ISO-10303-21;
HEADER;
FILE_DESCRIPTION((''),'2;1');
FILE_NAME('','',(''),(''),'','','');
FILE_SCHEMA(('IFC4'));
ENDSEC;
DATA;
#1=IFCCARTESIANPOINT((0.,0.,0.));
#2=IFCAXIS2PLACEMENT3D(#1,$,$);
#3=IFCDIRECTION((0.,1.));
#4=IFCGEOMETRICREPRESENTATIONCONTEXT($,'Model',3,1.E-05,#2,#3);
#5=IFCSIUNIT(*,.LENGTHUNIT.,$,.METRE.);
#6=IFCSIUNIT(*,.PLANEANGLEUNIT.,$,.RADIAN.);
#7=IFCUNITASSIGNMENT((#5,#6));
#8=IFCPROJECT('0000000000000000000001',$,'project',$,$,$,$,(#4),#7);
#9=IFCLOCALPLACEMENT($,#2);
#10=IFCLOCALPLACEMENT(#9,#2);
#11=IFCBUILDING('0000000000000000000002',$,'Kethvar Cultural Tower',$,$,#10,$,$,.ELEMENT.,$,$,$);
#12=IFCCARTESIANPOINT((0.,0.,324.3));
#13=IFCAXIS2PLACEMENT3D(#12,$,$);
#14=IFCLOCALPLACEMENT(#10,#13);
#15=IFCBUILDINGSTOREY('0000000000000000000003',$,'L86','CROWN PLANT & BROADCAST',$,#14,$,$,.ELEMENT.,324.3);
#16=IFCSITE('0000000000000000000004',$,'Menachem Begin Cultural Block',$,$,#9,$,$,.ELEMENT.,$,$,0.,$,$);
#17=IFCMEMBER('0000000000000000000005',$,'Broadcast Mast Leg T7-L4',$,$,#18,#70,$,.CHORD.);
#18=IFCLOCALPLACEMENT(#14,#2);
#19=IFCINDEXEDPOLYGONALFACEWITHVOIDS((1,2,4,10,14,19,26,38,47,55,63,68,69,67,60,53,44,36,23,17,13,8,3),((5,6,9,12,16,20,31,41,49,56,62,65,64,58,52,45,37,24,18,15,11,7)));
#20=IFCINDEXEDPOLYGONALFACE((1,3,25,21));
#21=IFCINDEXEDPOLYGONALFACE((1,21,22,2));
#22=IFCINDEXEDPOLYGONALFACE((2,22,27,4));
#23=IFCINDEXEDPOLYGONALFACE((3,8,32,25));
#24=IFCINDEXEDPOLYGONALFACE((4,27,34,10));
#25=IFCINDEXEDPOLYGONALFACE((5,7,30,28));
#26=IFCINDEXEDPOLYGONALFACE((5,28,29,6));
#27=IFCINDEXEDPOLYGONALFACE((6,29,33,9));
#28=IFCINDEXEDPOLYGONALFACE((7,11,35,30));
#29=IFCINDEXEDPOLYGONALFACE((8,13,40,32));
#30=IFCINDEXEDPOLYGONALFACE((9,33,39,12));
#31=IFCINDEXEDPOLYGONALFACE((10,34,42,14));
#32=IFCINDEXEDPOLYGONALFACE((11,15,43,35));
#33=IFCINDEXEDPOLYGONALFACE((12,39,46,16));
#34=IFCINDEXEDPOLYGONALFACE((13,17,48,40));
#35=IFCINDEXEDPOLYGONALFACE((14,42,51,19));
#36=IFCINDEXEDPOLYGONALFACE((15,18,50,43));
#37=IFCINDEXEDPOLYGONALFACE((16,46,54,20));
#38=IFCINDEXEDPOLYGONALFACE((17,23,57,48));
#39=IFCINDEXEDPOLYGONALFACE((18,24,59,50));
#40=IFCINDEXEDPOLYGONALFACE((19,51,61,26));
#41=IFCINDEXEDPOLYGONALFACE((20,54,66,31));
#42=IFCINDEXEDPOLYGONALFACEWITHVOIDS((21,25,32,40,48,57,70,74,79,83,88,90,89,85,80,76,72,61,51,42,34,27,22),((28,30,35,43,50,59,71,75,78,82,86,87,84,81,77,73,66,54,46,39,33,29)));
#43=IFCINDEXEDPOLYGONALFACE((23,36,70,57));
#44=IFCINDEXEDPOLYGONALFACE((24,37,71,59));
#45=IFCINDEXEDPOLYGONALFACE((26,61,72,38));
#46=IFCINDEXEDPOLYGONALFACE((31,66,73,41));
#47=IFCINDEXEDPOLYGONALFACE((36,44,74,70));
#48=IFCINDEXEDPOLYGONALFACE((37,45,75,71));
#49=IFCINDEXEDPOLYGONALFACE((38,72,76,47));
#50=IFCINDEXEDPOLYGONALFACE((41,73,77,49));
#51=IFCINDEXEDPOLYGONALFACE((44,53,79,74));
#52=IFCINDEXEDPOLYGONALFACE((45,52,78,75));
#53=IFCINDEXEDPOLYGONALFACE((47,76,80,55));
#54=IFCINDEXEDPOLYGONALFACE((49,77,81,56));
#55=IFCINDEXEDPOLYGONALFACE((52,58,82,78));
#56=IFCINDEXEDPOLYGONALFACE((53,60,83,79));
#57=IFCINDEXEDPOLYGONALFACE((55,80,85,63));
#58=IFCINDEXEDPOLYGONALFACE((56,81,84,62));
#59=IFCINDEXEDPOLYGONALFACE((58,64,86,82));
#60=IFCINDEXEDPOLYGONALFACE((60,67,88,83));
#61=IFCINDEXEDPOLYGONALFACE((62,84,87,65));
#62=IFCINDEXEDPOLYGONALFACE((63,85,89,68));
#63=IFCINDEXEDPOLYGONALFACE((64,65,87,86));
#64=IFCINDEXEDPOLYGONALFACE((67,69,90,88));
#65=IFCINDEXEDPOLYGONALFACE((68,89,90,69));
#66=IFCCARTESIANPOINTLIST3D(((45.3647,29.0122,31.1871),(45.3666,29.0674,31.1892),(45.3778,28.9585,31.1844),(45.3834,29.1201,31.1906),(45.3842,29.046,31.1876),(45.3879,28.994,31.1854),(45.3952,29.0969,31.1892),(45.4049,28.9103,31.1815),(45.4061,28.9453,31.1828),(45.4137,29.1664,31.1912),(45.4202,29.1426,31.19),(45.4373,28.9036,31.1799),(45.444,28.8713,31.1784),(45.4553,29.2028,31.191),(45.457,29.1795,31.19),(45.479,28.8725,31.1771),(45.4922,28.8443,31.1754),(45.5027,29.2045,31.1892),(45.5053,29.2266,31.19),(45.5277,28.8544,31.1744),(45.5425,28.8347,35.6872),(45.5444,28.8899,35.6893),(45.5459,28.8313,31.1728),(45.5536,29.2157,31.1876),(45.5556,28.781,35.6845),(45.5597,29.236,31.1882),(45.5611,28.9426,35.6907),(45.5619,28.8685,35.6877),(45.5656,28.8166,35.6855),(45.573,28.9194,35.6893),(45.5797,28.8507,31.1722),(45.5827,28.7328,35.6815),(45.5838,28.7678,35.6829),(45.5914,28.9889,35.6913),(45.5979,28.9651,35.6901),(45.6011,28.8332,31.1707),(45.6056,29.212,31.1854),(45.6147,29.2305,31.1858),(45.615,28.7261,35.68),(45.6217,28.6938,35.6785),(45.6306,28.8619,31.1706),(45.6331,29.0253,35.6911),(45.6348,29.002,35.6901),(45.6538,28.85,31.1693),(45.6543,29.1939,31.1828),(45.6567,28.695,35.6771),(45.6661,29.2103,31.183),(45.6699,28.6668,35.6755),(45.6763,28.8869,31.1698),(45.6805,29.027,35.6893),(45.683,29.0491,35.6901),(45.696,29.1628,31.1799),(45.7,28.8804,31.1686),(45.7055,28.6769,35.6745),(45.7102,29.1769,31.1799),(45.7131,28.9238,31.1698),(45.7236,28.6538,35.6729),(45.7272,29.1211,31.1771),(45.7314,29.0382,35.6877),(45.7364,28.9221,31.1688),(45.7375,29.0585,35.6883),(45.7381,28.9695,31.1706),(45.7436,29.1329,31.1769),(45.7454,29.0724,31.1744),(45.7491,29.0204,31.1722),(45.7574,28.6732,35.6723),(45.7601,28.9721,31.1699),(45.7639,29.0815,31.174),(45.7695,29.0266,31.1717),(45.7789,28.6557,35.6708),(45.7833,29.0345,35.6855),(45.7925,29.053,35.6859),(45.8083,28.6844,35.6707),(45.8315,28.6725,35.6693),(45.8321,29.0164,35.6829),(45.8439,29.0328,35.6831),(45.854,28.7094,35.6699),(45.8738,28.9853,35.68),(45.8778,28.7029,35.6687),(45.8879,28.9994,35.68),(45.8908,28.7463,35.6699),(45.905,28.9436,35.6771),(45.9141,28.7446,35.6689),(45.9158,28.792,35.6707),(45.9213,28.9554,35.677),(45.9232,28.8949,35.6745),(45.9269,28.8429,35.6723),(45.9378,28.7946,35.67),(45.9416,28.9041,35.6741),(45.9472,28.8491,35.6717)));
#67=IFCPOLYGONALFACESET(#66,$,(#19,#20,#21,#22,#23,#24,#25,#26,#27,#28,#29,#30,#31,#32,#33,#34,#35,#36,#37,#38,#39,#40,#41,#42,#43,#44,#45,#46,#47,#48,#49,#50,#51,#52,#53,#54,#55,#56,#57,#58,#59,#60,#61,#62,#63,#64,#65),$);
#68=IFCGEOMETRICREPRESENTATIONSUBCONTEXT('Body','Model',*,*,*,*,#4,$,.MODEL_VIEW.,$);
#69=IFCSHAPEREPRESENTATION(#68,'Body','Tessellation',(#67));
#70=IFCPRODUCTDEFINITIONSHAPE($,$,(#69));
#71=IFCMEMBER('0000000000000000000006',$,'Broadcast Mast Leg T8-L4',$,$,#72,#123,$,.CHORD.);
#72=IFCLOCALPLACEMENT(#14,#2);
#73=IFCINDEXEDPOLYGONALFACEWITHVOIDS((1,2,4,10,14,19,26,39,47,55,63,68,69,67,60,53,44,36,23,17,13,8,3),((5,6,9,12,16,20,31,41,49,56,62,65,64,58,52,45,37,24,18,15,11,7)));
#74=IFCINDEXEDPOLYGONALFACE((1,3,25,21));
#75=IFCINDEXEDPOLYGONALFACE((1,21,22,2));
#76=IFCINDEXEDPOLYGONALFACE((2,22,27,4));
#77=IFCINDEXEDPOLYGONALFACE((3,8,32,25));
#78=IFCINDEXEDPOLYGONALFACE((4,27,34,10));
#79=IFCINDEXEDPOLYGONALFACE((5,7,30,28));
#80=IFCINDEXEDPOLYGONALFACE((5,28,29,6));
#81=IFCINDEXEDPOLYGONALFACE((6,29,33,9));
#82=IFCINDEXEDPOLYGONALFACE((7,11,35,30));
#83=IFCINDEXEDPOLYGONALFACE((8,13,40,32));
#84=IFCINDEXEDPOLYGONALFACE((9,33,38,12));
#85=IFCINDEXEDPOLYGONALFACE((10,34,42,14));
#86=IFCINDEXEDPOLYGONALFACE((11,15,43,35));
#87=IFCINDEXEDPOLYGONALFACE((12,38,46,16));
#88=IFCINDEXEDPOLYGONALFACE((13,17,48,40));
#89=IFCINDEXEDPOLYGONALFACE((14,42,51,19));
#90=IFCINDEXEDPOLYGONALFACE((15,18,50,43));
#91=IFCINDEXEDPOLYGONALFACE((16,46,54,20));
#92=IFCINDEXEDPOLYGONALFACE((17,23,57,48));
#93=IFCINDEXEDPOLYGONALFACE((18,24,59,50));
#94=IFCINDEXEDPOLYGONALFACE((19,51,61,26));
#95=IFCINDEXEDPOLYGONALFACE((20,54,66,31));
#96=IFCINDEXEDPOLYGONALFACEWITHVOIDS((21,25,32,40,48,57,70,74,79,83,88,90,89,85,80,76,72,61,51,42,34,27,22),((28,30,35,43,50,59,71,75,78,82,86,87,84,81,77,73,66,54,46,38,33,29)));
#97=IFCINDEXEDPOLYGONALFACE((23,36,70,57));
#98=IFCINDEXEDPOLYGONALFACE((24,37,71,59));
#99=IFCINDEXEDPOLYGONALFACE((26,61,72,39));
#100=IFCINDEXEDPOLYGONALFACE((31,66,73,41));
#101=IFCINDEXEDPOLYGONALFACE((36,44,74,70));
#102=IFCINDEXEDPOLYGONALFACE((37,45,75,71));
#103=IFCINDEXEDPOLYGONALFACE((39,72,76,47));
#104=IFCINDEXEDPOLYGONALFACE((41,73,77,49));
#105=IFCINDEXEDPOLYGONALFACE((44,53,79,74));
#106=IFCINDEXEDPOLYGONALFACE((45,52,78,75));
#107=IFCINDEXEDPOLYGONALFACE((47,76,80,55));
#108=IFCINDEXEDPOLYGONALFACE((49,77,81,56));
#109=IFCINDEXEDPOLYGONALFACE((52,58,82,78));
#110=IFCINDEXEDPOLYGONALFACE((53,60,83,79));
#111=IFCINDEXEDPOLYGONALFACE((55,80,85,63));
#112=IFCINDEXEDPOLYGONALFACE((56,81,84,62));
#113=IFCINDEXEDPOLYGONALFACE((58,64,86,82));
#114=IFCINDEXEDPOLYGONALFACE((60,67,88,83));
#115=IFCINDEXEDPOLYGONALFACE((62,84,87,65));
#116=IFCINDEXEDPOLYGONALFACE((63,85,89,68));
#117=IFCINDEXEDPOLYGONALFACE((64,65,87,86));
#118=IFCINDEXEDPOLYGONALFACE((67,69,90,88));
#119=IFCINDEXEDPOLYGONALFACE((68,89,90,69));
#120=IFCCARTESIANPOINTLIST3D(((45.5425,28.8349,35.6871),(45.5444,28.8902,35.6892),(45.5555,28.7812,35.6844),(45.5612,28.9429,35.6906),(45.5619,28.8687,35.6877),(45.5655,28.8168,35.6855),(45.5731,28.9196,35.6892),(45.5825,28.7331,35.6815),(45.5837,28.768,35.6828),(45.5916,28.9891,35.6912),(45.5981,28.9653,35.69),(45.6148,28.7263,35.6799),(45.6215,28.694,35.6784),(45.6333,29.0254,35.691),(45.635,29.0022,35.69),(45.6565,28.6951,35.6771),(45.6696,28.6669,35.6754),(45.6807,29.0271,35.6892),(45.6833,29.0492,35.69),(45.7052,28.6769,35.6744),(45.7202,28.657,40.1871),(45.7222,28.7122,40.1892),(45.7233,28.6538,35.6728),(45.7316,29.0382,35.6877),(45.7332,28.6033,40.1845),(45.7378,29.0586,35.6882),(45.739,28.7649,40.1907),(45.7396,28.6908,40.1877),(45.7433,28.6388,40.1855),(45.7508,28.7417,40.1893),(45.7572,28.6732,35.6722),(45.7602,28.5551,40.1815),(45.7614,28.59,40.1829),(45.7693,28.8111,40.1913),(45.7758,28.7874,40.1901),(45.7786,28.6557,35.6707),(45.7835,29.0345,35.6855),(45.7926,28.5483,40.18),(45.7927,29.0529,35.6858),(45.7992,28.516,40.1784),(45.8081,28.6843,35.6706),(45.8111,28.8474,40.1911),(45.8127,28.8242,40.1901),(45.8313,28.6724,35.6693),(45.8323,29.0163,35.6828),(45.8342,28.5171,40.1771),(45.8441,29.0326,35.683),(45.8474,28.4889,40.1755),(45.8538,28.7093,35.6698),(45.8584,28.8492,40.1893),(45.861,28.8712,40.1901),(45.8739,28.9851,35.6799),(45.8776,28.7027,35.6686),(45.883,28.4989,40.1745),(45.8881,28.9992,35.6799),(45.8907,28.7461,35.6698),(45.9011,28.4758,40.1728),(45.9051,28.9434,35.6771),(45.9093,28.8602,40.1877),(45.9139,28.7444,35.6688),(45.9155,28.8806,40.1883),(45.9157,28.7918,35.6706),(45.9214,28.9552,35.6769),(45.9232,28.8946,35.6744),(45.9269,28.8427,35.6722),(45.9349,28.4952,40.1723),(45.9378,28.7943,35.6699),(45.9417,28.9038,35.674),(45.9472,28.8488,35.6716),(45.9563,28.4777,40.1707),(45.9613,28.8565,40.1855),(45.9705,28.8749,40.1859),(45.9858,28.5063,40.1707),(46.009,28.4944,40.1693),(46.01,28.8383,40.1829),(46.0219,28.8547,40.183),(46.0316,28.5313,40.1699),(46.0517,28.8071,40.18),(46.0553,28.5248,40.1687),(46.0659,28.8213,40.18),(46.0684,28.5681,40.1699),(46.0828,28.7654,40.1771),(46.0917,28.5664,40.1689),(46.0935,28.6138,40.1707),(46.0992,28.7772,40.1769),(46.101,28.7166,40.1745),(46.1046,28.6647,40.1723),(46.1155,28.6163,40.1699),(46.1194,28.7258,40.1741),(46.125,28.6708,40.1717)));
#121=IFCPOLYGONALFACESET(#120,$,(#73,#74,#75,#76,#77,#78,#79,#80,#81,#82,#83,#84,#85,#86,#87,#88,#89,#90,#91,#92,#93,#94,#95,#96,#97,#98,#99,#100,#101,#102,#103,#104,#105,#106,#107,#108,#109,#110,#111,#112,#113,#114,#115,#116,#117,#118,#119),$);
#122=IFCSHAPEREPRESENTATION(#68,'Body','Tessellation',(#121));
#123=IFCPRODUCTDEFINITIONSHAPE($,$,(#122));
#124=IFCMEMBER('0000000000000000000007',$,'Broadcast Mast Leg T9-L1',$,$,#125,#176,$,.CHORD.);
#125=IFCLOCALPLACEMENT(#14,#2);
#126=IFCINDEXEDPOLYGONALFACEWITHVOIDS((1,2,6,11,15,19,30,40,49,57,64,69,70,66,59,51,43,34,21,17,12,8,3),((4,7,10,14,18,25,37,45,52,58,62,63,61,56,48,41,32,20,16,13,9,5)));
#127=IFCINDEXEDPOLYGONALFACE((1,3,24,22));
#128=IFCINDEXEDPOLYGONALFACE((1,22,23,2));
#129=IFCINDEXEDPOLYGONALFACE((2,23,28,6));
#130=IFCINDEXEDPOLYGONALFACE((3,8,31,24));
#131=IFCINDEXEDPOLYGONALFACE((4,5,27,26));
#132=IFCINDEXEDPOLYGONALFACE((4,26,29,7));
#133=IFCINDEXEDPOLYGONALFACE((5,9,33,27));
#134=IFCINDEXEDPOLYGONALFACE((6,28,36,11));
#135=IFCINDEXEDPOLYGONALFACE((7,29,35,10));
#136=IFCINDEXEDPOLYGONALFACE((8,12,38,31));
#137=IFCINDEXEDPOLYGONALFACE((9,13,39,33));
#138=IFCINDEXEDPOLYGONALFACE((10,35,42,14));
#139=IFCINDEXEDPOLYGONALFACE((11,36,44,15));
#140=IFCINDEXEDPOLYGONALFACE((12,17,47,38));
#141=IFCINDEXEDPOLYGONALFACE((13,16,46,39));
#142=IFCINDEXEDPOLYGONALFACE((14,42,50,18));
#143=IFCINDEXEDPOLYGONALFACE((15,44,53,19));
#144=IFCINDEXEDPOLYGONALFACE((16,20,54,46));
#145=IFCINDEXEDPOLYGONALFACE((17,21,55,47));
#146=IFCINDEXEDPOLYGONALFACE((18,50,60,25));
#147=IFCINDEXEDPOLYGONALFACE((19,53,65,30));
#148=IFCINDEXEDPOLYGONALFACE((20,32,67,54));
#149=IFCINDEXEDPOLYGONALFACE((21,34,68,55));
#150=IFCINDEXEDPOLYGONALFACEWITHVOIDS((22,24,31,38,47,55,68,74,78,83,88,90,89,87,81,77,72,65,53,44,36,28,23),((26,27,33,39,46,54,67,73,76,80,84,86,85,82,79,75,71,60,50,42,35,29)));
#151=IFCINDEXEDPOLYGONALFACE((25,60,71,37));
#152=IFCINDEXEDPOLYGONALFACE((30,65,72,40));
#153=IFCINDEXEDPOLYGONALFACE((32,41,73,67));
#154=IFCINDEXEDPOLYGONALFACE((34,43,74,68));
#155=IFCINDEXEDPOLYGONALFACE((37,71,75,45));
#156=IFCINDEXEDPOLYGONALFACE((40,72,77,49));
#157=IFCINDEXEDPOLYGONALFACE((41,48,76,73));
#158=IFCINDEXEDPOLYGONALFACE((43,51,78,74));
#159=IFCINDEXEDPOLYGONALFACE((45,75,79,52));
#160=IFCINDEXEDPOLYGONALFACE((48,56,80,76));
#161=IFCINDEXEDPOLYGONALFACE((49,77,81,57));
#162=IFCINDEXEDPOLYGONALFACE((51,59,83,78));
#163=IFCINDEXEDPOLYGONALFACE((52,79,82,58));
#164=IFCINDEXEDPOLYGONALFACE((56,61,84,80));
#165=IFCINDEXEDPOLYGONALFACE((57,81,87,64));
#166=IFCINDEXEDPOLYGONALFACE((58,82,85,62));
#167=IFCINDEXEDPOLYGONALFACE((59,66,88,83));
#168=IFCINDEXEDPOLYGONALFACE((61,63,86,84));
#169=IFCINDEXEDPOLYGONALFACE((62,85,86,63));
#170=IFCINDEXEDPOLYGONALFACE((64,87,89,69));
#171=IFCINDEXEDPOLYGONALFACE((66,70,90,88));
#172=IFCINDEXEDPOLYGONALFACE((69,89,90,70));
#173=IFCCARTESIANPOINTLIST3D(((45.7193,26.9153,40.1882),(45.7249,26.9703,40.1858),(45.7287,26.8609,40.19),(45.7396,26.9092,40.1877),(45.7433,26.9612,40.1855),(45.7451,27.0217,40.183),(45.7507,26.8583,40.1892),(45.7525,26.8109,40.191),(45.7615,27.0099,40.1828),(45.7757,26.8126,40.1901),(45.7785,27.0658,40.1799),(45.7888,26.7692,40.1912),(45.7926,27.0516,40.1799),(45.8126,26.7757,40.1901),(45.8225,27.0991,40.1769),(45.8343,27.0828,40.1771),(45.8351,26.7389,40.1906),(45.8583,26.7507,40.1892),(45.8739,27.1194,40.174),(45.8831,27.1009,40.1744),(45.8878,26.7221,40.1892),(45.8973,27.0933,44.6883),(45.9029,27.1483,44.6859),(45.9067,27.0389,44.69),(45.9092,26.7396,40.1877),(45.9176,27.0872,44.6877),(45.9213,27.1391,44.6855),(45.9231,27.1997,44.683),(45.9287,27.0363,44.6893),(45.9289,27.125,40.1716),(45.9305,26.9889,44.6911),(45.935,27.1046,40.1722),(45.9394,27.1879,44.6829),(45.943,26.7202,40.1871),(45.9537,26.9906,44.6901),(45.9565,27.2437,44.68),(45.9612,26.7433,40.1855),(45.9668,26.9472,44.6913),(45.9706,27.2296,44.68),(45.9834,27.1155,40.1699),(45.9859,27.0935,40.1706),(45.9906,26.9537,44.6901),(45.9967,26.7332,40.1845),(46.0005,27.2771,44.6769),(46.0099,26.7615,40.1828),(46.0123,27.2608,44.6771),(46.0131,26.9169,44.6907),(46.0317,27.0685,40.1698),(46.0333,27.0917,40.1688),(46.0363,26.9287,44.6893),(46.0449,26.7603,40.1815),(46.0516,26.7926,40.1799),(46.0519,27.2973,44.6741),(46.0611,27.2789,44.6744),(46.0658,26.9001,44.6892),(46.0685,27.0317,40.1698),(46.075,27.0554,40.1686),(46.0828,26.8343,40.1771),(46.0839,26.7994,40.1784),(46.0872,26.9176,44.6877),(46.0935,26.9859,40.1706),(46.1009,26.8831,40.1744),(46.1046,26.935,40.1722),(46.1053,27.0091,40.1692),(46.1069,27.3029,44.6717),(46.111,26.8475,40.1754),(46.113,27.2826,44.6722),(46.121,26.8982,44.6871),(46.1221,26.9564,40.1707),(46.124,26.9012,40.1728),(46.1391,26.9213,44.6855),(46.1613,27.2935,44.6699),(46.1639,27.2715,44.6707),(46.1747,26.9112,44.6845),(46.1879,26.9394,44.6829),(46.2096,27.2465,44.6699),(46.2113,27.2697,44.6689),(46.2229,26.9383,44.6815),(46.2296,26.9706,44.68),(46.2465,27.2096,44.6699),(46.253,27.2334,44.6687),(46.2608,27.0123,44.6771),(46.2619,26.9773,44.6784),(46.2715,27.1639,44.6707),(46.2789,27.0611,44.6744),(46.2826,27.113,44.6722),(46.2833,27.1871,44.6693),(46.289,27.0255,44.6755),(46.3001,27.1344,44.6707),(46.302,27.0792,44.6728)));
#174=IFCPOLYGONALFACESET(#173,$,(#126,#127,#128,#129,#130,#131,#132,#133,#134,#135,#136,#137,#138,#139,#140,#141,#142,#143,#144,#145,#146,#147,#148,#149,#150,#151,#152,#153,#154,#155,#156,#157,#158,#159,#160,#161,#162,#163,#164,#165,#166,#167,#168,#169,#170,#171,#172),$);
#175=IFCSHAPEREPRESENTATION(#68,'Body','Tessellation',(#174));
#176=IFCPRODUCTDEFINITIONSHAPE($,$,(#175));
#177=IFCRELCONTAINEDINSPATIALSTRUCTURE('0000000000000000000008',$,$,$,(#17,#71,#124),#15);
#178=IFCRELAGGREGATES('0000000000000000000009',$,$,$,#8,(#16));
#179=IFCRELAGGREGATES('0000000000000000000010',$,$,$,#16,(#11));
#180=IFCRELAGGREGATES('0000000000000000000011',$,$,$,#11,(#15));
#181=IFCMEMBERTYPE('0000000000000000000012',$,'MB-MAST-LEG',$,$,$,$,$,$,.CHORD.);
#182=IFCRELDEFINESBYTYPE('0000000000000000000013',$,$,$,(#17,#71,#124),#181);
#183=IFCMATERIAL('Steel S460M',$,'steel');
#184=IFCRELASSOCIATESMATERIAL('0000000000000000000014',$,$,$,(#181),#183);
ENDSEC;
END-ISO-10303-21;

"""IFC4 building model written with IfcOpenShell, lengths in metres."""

from ifc_helpers import new_model, si_unit, direction, frame, origin, origin_2d, place, context, subcontext, project, spatial, hollow_circle, extrude, source, transform, mapped, material, material_profile, profile_set, type_object, element, save


model = new_model("IFC4")

# Units and contexts
model_context = context("Model", 3, precision=1e-05, world=origin(), true_north=direction((0.0, 1.0)))
body_context = subcontext(model_context, "Body", "Model", "MODEL_VIEW")
ifc_project = project(units=[si_unit("LENGTHUNIT", "METRE"), si_unit("PLANEANGLEUNIT", "RADIAN")], contexts=[model_context])

# Site, building, storey
site_placement = place(None, origin())
site = spatial("IfcSite", under=ifc_project, at=site_placement, Name="Menachem Begin Cultural Block", CompositionType="ELEMENT", RefElevation=0.0)
building_placement = place(site_placement, origin())
building = spatial("IfcBuilding", under=site, at=building_placement, Name="Kethvar Cultural Tower", CompositionType="ELEMENT")
storey_placement = place(building_placement, frame((0.0, 0.0, 324.3)))
storey = spatial("IfcBuildingStorey", under=building, at=storey_placement, Name="L86", Description="CROWN PLANT & BROADCAST", CompositionType="ELEMENT", Elevation=324.3)

# Members
ifc_material_1 = material(Name="Steel S460M", Category="steel")
ifc_material_profile_1 = material_profile(ifc_material_1, hollow_circle(Radius=0.2031, WallThickness=0.02, at=origin_2d()), Name="Steel S460M — CHS406x20")
ifc_profile_set_1 = profile_set([ifc_material_profile_1], Name="Steel S460M — CHS406x20")
member_type_1 = type_object("IfcMemberType", Name="MB-MAST-LEG", PredefinedType="CHORD", material=ifc_profile_set_1)
shared_shape_1 = source(origin(), body_context, "Body", "SweptSolid", [
    extrude(hollow_circle(Radius=0.2031, WallThickness=0.02, at=origin_2d()), origin(), (0.0, 0.0, 1.0), 4.5071),
])
for number, where, z_axis, x_axis, name in (
    (1, (45.5667, 29.0332, 31.1799), (0.039435, -0.039381, 0.998446), (0.706621, 0.707593, 0.0), "Broadcast Mast Leg T7-L4"),
    (2, (45.7444, 28.8557, 35.6799), (0.039435, -0.039489, 0.998442), (0.707592, 0.706621, 0.0), "Broadcast Mast Leg T8-L4"),
    (3, (45.9221, 26.9221, 40.1799), (0.039489, 0.039489, 0.998439), (-0.707107, 0.707107, 0.0), "Broadcast Mast Leg T9-L1"),
):
    element("IfcMember", number, at=place(storey_placement, frame(where, z_axis=z_axis, x_axis=x_axis)), inside=storey, type_object=member_type_1, Name=name, PredefinedType="CHORD", context=body_context, shape_type="MappedRepresentation", body=[
        mapped(shared_shape_1, transform((0.0, 0.0, 0.0), scale=1.0)),
    ])

save(model, "model.ifc")
